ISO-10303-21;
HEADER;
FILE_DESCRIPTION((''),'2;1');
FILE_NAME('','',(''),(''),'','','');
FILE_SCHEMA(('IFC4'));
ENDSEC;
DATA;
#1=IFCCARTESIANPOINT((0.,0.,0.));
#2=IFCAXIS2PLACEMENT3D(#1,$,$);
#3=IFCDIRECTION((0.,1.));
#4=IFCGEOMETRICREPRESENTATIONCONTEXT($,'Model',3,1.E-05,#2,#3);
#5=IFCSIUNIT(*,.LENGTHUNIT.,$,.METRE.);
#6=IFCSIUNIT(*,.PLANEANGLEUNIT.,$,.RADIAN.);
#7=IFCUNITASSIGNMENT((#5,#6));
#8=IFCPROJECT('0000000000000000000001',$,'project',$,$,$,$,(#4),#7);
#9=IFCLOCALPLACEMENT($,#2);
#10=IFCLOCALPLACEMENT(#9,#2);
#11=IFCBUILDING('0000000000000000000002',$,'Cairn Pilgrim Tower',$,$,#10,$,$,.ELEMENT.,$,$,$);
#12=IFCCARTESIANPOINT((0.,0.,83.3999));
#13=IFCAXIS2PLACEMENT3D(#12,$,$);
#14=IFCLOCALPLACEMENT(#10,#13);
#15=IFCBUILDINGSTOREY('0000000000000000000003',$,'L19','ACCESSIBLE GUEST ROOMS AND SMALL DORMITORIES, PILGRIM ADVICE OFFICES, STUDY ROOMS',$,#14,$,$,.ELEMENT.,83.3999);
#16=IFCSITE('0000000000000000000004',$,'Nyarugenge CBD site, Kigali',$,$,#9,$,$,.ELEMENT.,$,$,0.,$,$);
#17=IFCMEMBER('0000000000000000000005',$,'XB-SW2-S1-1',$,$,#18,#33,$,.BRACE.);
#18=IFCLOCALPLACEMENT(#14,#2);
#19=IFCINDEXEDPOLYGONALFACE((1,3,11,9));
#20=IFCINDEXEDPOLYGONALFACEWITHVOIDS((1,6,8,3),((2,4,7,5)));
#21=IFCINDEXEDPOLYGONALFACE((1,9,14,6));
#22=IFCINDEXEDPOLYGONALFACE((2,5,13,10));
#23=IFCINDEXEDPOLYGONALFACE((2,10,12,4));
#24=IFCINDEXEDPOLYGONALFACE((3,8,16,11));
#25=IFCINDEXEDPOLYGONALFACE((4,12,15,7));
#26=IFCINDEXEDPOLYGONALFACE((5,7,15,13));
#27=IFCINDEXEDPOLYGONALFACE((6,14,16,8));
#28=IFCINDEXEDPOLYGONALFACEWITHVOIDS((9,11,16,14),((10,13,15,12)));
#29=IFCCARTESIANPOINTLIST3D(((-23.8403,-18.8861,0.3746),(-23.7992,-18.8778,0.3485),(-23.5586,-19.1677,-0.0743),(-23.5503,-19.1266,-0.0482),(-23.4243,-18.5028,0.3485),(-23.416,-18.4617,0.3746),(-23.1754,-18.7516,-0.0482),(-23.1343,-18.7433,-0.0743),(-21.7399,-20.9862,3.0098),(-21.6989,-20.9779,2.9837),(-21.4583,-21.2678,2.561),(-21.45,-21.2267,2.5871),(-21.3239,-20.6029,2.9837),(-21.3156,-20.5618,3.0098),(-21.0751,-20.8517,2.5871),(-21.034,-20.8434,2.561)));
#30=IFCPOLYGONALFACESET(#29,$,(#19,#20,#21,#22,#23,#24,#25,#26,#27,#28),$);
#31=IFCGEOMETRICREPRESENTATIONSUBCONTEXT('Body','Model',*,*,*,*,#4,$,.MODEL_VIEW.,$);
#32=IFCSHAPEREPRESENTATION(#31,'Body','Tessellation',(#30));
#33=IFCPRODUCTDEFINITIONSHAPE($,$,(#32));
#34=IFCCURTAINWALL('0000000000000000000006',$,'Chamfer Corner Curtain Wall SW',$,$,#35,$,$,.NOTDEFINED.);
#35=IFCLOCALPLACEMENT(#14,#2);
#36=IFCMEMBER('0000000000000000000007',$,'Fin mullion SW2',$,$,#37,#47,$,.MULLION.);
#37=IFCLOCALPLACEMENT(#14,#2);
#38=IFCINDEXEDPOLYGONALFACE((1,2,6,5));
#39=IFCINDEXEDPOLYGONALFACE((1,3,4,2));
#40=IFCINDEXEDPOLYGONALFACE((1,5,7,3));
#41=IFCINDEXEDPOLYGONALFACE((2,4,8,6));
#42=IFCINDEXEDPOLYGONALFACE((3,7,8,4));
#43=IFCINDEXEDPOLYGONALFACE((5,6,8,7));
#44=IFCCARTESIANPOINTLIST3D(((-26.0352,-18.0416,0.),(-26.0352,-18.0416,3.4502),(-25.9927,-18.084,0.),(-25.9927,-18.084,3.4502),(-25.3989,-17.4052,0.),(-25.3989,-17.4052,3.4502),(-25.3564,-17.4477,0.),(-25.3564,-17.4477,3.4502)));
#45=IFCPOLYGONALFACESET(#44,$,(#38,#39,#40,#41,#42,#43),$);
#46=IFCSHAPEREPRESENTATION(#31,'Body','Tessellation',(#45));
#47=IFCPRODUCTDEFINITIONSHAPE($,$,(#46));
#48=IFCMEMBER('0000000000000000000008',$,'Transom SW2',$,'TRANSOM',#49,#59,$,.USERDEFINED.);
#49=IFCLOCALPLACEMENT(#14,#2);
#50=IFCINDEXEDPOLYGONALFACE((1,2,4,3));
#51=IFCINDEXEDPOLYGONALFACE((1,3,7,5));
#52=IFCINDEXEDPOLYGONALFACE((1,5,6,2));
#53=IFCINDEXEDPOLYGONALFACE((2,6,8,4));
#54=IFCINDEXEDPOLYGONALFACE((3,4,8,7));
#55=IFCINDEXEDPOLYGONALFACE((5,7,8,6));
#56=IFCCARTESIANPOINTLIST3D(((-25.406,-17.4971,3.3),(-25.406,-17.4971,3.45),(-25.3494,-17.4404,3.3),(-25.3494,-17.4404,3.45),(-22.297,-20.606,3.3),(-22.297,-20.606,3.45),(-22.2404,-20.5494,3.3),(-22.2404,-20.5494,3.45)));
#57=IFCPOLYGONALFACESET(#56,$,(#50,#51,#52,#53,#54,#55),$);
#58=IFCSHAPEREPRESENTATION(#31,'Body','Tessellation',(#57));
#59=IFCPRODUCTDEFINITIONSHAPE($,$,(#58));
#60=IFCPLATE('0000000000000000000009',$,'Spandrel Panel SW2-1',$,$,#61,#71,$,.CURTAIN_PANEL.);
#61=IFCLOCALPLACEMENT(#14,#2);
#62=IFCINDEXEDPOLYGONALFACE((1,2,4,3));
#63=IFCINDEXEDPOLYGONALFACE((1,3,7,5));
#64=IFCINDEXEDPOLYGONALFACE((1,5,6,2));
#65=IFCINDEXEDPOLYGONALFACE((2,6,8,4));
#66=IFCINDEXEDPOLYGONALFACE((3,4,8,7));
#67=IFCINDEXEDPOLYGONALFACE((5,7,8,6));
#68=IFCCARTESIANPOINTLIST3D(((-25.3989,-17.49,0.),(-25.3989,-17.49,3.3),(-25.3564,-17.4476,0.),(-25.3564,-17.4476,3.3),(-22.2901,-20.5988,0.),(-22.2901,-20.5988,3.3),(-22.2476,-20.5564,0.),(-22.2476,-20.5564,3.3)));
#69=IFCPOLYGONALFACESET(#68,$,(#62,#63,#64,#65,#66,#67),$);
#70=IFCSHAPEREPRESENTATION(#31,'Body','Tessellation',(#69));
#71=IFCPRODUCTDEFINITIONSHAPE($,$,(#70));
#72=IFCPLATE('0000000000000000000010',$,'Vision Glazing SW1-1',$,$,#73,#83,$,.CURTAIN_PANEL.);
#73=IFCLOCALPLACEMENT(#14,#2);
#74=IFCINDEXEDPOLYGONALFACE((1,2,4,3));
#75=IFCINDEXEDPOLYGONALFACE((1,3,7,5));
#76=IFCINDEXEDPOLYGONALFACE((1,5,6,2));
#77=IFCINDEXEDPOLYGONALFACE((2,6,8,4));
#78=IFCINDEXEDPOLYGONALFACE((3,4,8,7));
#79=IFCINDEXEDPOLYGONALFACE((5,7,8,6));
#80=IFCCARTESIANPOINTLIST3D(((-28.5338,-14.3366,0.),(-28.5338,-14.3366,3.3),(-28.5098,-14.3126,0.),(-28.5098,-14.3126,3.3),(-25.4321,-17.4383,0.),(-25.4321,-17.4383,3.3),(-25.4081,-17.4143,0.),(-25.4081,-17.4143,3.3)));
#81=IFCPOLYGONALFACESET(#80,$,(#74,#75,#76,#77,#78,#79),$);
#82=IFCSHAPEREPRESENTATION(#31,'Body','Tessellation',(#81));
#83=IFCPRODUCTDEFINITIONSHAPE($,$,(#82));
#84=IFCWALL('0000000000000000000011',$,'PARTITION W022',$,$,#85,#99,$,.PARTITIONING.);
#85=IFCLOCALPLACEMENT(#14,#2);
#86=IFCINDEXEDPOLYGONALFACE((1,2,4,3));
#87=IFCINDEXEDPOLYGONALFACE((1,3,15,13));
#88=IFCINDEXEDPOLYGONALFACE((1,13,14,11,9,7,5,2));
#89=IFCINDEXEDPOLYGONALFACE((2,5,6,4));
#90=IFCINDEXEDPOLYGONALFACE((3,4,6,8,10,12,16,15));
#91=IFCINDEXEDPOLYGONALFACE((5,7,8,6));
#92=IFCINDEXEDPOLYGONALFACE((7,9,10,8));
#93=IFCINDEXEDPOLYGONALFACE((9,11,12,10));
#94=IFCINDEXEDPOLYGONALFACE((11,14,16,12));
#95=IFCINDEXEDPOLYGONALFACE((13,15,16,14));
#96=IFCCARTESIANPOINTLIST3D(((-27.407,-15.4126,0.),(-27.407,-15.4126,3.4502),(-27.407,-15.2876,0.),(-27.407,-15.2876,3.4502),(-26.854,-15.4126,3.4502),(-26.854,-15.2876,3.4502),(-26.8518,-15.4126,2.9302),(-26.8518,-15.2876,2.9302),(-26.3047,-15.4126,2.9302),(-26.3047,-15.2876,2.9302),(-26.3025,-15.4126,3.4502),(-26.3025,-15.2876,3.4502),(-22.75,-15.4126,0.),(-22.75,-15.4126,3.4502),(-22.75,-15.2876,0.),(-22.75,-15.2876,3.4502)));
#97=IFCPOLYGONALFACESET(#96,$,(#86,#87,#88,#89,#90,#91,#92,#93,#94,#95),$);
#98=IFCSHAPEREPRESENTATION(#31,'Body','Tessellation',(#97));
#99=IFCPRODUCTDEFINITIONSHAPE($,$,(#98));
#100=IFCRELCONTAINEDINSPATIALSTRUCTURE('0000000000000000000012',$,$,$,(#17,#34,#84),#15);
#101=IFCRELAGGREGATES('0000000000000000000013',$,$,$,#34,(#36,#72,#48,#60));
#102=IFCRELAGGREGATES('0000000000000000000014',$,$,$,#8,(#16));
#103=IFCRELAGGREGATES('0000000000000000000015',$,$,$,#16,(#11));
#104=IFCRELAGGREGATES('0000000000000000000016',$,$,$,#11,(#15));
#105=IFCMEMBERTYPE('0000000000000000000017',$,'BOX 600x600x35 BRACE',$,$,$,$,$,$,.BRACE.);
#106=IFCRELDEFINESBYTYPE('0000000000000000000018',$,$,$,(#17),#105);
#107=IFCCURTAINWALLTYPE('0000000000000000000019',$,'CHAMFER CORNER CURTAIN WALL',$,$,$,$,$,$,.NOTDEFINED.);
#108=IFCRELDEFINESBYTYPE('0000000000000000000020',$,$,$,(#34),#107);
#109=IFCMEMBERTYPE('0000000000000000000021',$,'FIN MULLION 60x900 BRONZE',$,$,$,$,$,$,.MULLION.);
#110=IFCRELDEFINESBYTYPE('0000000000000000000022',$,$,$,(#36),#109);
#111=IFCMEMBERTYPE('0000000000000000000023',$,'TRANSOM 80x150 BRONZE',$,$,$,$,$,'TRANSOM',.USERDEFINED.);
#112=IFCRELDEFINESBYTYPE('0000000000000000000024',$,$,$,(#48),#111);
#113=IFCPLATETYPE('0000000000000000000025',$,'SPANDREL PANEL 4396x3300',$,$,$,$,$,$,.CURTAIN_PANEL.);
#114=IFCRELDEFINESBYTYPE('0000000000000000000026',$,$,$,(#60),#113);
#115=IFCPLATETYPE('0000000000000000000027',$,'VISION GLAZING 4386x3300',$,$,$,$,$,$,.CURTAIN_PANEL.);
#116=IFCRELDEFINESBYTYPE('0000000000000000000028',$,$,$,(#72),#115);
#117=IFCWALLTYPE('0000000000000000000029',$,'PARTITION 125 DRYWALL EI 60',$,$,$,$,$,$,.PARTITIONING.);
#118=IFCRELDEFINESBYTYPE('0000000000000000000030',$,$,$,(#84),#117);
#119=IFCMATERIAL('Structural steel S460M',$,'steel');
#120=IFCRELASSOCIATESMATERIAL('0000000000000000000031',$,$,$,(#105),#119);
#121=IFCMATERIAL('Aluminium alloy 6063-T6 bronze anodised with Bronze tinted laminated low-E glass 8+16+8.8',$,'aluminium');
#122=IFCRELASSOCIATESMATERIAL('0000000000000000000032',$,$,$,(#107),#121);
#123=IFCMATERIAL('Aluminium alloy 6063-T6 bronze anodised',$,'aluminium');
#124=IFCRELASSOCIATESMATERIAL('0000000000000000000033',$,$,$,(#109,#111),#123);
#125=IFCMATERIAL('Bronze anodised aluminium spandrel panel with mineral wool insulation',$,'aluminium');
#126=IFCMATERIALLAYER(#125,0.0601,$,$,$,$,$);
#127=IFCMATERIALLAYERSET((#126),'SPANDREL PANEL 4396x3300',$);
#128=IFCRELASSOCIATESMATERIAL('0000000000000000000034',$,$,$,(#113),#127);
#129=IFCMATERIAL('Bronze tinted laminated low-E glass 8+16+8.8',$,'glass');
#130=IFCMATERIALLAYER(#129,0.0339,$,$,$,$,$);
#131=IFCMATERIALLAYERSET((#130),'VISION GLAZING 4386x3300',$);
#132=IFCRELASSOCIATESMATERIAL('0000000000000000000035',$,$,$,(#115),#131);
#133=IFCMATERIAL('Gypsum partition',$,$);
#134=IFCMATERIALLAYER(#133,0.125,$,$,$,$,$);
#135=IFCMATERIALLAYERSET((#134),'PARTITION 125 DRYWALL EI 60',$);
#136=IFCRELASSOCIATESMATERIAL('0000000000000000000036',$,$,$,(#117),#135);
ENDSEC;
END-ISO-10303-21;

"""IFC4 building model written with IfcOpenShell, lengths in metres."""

from ifc_helpers import new_model, si_unit, direction, frame, origin, origin_2d, place, context, subcontext, project, spatial, polyline, rectangle, hollow_rectangle, outline, extrude, material, layer, layer_set, material_profile, profile_set, type_object, element, aggregate, save


model = new_model("IFC4")

# Units and contexts
model_context = context("Model", 3, precision=1e-05, world=origin(), true_north=direction((0.0, 1.0)))
body_context = subcontext(model_context, "Body", "Model", "MODEL_VIEW")
ifc_project = project(units=[si_unit("LENGTHUNIT", "METRE"), si_unit("PLANEANGLEUNIT", "RADIAN")], contexts=[model_context])

# Site, building, storey
site_placement = place(None, origin())
site = spatial("IfcSite", under=ifc_project, at=site_placement, Name="Nyarugenge CBD site, Kigali", CompositionType="ELEMENT", RefElevation=0.0)
building_placement = place(site_placement, origin())
building = spatial("IfcBuilding", under=site, at=building_placement, Name="Cairn Pilgrim Tower", CompositionType="ELEMENT")
storey_placement = place(building_placement, frame((0.0, 0.0, 83.3999)))
storey = spatial("IfcBuildingStorey", under=building, at=storey_placement, Name="L19", Description="ACCESSIBLE GUEST ROOMS AND SMALL DORMITORIES, PILGRIM ADVICE OFFICES, STUDY ROOMS", CompositionType="ELEMENT", Elevation=83.3999)

# Member
ifc_material_1 = material(Name="Structural steel S460M", Category="steel")
ifc_material_profile_1 = material_profile(ifc_material_1, hollow_rectangle(XDim=0.6001, YDim=0.6001, WallThickness=0.0349, at=origin_2d()), Name="BOX 600x600x35")
ifc_profile_set_1 = profile_set([ifc_material_profile_1], Name="Structural steel S460M")
member_type_1 = type_object("IfcMemberType", Name="BOX 600x600x35 BRACE", PredefinedType="BRACE", material=ifc_profile_set_1)
member_1_placement = place(storey_placement, frame((-23.4873, -18.8147, 0.1501), z_axis=(0.528961, -0.528899, 0.663676), x_axis=(0.707066, 0.707148, 0.0)))
element("IfcMember", 1, at=member_1_placement, inside=storey, type_object=member_type_1, Name="XB-SW2-S1-1", PredefinedType="BRACE", context=body_context, shape_type="SweptSolid", body=[
    extrude(hollow_rectangle(XDim=0.6001, YDim=0.6001, WallThickness=0.0349, at=origin_2d()), origin(), (0.0, 0.0, 1.0), 3.9707),
])

# Curtain wall, members, plates
ifc_material_2 = material(Name="Aluminium alloy 6063-T6 bronze anodised with Bronze tinted laminated low-E glass 8+16+8.8", Category="aluminium")
curtain_wall_type = type_object("IfcCurtainWallType", Name="CHAMFER CORNER CURTAIN WALL", PredefinedType="NOTDEFINED", material=ifc_material_2)
curtain_wall_placement = place(storey_placement, origin())
curtain_wall = element("IfcCurtainWall", 2, at=curtain_wall_placement, inside=storey, type_object=curtain_wall_type, Name="Chamfer Corner Curtain Wall SW", PredefinedType="NOTDEFINED")
ifc_material_3 = material(Name="Aluminium alloy 6063-T6 bronze anodised", Category="aluminium")
ifc_material_profile_2 = material_profile(ifc_material_3, rectangle(XDim=0.8999, YDim=0.0601, at=origin_2d()), Name="FIN MULLION 60x900 BRONZE")
ifc_profile_set_2 = profile_set([ifc_material_profile_2], Name="Aluminium alloy 6063-T6 bronze anodised")
member_type_2 = type_object("IfcMemberType", Name="FIN MULLION 60x900 BRONZE", PredefinedType="MULLION", material=ifc_profile_set_2)
member_2_placement = place(storey_placement, frame((-25.6958, -17.7446, 0.0), z_axis=(0.0, 0.0, 1.0), x_axis=(-0.707107, -0.707107, 0.0)))
member_2 = element("IfcMember", 3, at=member_2_placement, type_object=member_type_2, Name="Fin mullion SW2", PredefinedType="MULLION", context=body_context, shape_type="SweptSolid", body=[
    extrude(rectangle(XDim=0.8999, YDim=0.0601, at=origin_2d()), origin(), (0.0, 0.0, 1.0), 3.4502),
])
ifc_material_profile_3 = material_profile(ifc_material_3, rectangle(XDim=0.0801, YDim=0.1499, at=origin_2d()), Name="TRANSOM 80x150 BRONZE")
ifc_profile_set_3 = profile_set([ifc_material_profile_3], Name="Aluminium alloy 6063-T6 bronze anodised")
member_type_3 = type_object("IfcMemberType", Name="TRANSOM 80x150 BRONZE", ElementType="TRANSOM", PredefinedType="USERDEFINED", material=ifc_profile_set_3)
member_3_placement = place(storey_placement, frame((-25.3777, -17.4688, 3.375), z_axis=(0.707107, -0.707107, 0.0), x_axis=(0.707107, 0.707107, 0.0)))
member_3 = element("IfcMember", 4, at=member_3_placement, type_object=member_type_3, Name="Transom SW2", ObjectType="TRANSOM", PredefinedType="USERDEFINED", context=body_context, shape_type="SweptSolid", body=[
    extrude(rectangle(XDim=0.0801, YDim=0.1499, at=origin_2d()), origin(), (0.0, 0.0, 1.0), 4.3967),
])
ifc_material_4 = material(Name="Bronze anodised aluminium spandrel panel with mineral wool insulation", Category="aluminium")
ifc_layer_1 = layer(ifc_material_4, 0.0601)
ifc_layer_set_1 = layer_set([ifc_layer_1], Name="SPANDREL PANEL 4396x3300")
plate_type_1 = type_object("IfcPlateType", Name="SPANDREL PANEL 4396x3300", PredefinedType="CURTAIN_PANEL", material=ifc_layer_set_1)
plate_1_placement = place(storey_placement, frame((-23.8232, -19.0232, 0.0), z_axis=(0.0, 0.0, 1.0), x_axis=(0.707107, -0.707107, 0.0)))
plate_1 = element("IfcPlate", 5, at=plate_1_placement, type_object=plate_type_1, Name="Spandrel Panel SW2-1", PredefinedType="CURTAIN_PANEL", context=body_context, shape_type="SweptSolid", body=[
    extrude(rectangle(XDim=4.3965, YDim=0.0601, at=origin_2d()), origin(), (0.0, 0.0, 1.0), 3.3),
])
ifc_material_5 = material(Name="Bronze tinted laminated low-E glass 8+16+8.8", Category="glass")
ifc_layer_2 = layer(ifc_material_5, 0.0339)
ifc_layer_set_2 = layer_set([ifc_layer_2], Name="VISION GLAZING 4386x3300")
plate_type_2 = type_object("IfcPlateType", Name="VISION GLAZING 4386x3300", PredefinedType="CURTAIN_PANEL", material=ifc_layer_set_2)
plate_2_placement = place(storey_placement, frame((-26.9709, -15.8755, 0.0), z_axis=(0.0, 0.0, 1.0), x_axis=(0.707107, -0.707107, 0.0)))
plate_2 = element("IfcPlate", 6, at=plate_2_placement, type_object=plate_type_2, Name="Vision Glazing SW1-1", PredefinedType="CURTAIN_PANEL", context=body_context, shape_type="SweptSolid", body=[
    extrude(rectangle(XDim=4.3865, YDim=0.0339, at=origin_2d()), origin(), (0.0, 0.0, 1.0), 3.3),
])
aggregate(curtain_wall, [member_2, plate_2, member_3, plate_1])

# Wall
ifc_material_6 = material(Name="Gypsum partition")
ifc_layer_3 = layer(ifc_material_6, 0.125)
ifc_layer_set_3 = layer_set([ifc_layer_3], Name="PARTITION 125 DRYWALL EI 60")
wall_type = type_object("IfcWallType", Name="PARTITION 125 DRYWALL EI 60", PredefinedType="PARTITIONING", material=ifc_layer_set_3)
wall_placement = place(storey_placement, frame((-27.407, -15.3501, 0.0), z_axis=(0.0, 0.0, 1.0), x_axis=(1.0, 0.0, 0.0)))
element("IfcWall", 7, at=wall_placement, inside=storey, type_object=wall_type, Name="PARTITION W022", PredefinedType="PARTITIONING", context=body_context, shape_type="SweptSolid", body=[
    extrude(outline(polyline([(0.0, 0.0), (4.657, 0.0), (4.657, 3.4502), (1.1045, 3.4502), (1.1023, 2.9302), (0.5552, 2.9302), (0.553, 3.4502), (0.0, 3.4502), (0.0, 0.0)])), frame((0.0, 0.0625, 0.0), z_axis=(0.0, -1.0, 0.0), x_axis=(1.0, 0.0, 0.0)), (0.0, 0.0, 1.0), 0.125),
])

save(model, "model.ifc")
